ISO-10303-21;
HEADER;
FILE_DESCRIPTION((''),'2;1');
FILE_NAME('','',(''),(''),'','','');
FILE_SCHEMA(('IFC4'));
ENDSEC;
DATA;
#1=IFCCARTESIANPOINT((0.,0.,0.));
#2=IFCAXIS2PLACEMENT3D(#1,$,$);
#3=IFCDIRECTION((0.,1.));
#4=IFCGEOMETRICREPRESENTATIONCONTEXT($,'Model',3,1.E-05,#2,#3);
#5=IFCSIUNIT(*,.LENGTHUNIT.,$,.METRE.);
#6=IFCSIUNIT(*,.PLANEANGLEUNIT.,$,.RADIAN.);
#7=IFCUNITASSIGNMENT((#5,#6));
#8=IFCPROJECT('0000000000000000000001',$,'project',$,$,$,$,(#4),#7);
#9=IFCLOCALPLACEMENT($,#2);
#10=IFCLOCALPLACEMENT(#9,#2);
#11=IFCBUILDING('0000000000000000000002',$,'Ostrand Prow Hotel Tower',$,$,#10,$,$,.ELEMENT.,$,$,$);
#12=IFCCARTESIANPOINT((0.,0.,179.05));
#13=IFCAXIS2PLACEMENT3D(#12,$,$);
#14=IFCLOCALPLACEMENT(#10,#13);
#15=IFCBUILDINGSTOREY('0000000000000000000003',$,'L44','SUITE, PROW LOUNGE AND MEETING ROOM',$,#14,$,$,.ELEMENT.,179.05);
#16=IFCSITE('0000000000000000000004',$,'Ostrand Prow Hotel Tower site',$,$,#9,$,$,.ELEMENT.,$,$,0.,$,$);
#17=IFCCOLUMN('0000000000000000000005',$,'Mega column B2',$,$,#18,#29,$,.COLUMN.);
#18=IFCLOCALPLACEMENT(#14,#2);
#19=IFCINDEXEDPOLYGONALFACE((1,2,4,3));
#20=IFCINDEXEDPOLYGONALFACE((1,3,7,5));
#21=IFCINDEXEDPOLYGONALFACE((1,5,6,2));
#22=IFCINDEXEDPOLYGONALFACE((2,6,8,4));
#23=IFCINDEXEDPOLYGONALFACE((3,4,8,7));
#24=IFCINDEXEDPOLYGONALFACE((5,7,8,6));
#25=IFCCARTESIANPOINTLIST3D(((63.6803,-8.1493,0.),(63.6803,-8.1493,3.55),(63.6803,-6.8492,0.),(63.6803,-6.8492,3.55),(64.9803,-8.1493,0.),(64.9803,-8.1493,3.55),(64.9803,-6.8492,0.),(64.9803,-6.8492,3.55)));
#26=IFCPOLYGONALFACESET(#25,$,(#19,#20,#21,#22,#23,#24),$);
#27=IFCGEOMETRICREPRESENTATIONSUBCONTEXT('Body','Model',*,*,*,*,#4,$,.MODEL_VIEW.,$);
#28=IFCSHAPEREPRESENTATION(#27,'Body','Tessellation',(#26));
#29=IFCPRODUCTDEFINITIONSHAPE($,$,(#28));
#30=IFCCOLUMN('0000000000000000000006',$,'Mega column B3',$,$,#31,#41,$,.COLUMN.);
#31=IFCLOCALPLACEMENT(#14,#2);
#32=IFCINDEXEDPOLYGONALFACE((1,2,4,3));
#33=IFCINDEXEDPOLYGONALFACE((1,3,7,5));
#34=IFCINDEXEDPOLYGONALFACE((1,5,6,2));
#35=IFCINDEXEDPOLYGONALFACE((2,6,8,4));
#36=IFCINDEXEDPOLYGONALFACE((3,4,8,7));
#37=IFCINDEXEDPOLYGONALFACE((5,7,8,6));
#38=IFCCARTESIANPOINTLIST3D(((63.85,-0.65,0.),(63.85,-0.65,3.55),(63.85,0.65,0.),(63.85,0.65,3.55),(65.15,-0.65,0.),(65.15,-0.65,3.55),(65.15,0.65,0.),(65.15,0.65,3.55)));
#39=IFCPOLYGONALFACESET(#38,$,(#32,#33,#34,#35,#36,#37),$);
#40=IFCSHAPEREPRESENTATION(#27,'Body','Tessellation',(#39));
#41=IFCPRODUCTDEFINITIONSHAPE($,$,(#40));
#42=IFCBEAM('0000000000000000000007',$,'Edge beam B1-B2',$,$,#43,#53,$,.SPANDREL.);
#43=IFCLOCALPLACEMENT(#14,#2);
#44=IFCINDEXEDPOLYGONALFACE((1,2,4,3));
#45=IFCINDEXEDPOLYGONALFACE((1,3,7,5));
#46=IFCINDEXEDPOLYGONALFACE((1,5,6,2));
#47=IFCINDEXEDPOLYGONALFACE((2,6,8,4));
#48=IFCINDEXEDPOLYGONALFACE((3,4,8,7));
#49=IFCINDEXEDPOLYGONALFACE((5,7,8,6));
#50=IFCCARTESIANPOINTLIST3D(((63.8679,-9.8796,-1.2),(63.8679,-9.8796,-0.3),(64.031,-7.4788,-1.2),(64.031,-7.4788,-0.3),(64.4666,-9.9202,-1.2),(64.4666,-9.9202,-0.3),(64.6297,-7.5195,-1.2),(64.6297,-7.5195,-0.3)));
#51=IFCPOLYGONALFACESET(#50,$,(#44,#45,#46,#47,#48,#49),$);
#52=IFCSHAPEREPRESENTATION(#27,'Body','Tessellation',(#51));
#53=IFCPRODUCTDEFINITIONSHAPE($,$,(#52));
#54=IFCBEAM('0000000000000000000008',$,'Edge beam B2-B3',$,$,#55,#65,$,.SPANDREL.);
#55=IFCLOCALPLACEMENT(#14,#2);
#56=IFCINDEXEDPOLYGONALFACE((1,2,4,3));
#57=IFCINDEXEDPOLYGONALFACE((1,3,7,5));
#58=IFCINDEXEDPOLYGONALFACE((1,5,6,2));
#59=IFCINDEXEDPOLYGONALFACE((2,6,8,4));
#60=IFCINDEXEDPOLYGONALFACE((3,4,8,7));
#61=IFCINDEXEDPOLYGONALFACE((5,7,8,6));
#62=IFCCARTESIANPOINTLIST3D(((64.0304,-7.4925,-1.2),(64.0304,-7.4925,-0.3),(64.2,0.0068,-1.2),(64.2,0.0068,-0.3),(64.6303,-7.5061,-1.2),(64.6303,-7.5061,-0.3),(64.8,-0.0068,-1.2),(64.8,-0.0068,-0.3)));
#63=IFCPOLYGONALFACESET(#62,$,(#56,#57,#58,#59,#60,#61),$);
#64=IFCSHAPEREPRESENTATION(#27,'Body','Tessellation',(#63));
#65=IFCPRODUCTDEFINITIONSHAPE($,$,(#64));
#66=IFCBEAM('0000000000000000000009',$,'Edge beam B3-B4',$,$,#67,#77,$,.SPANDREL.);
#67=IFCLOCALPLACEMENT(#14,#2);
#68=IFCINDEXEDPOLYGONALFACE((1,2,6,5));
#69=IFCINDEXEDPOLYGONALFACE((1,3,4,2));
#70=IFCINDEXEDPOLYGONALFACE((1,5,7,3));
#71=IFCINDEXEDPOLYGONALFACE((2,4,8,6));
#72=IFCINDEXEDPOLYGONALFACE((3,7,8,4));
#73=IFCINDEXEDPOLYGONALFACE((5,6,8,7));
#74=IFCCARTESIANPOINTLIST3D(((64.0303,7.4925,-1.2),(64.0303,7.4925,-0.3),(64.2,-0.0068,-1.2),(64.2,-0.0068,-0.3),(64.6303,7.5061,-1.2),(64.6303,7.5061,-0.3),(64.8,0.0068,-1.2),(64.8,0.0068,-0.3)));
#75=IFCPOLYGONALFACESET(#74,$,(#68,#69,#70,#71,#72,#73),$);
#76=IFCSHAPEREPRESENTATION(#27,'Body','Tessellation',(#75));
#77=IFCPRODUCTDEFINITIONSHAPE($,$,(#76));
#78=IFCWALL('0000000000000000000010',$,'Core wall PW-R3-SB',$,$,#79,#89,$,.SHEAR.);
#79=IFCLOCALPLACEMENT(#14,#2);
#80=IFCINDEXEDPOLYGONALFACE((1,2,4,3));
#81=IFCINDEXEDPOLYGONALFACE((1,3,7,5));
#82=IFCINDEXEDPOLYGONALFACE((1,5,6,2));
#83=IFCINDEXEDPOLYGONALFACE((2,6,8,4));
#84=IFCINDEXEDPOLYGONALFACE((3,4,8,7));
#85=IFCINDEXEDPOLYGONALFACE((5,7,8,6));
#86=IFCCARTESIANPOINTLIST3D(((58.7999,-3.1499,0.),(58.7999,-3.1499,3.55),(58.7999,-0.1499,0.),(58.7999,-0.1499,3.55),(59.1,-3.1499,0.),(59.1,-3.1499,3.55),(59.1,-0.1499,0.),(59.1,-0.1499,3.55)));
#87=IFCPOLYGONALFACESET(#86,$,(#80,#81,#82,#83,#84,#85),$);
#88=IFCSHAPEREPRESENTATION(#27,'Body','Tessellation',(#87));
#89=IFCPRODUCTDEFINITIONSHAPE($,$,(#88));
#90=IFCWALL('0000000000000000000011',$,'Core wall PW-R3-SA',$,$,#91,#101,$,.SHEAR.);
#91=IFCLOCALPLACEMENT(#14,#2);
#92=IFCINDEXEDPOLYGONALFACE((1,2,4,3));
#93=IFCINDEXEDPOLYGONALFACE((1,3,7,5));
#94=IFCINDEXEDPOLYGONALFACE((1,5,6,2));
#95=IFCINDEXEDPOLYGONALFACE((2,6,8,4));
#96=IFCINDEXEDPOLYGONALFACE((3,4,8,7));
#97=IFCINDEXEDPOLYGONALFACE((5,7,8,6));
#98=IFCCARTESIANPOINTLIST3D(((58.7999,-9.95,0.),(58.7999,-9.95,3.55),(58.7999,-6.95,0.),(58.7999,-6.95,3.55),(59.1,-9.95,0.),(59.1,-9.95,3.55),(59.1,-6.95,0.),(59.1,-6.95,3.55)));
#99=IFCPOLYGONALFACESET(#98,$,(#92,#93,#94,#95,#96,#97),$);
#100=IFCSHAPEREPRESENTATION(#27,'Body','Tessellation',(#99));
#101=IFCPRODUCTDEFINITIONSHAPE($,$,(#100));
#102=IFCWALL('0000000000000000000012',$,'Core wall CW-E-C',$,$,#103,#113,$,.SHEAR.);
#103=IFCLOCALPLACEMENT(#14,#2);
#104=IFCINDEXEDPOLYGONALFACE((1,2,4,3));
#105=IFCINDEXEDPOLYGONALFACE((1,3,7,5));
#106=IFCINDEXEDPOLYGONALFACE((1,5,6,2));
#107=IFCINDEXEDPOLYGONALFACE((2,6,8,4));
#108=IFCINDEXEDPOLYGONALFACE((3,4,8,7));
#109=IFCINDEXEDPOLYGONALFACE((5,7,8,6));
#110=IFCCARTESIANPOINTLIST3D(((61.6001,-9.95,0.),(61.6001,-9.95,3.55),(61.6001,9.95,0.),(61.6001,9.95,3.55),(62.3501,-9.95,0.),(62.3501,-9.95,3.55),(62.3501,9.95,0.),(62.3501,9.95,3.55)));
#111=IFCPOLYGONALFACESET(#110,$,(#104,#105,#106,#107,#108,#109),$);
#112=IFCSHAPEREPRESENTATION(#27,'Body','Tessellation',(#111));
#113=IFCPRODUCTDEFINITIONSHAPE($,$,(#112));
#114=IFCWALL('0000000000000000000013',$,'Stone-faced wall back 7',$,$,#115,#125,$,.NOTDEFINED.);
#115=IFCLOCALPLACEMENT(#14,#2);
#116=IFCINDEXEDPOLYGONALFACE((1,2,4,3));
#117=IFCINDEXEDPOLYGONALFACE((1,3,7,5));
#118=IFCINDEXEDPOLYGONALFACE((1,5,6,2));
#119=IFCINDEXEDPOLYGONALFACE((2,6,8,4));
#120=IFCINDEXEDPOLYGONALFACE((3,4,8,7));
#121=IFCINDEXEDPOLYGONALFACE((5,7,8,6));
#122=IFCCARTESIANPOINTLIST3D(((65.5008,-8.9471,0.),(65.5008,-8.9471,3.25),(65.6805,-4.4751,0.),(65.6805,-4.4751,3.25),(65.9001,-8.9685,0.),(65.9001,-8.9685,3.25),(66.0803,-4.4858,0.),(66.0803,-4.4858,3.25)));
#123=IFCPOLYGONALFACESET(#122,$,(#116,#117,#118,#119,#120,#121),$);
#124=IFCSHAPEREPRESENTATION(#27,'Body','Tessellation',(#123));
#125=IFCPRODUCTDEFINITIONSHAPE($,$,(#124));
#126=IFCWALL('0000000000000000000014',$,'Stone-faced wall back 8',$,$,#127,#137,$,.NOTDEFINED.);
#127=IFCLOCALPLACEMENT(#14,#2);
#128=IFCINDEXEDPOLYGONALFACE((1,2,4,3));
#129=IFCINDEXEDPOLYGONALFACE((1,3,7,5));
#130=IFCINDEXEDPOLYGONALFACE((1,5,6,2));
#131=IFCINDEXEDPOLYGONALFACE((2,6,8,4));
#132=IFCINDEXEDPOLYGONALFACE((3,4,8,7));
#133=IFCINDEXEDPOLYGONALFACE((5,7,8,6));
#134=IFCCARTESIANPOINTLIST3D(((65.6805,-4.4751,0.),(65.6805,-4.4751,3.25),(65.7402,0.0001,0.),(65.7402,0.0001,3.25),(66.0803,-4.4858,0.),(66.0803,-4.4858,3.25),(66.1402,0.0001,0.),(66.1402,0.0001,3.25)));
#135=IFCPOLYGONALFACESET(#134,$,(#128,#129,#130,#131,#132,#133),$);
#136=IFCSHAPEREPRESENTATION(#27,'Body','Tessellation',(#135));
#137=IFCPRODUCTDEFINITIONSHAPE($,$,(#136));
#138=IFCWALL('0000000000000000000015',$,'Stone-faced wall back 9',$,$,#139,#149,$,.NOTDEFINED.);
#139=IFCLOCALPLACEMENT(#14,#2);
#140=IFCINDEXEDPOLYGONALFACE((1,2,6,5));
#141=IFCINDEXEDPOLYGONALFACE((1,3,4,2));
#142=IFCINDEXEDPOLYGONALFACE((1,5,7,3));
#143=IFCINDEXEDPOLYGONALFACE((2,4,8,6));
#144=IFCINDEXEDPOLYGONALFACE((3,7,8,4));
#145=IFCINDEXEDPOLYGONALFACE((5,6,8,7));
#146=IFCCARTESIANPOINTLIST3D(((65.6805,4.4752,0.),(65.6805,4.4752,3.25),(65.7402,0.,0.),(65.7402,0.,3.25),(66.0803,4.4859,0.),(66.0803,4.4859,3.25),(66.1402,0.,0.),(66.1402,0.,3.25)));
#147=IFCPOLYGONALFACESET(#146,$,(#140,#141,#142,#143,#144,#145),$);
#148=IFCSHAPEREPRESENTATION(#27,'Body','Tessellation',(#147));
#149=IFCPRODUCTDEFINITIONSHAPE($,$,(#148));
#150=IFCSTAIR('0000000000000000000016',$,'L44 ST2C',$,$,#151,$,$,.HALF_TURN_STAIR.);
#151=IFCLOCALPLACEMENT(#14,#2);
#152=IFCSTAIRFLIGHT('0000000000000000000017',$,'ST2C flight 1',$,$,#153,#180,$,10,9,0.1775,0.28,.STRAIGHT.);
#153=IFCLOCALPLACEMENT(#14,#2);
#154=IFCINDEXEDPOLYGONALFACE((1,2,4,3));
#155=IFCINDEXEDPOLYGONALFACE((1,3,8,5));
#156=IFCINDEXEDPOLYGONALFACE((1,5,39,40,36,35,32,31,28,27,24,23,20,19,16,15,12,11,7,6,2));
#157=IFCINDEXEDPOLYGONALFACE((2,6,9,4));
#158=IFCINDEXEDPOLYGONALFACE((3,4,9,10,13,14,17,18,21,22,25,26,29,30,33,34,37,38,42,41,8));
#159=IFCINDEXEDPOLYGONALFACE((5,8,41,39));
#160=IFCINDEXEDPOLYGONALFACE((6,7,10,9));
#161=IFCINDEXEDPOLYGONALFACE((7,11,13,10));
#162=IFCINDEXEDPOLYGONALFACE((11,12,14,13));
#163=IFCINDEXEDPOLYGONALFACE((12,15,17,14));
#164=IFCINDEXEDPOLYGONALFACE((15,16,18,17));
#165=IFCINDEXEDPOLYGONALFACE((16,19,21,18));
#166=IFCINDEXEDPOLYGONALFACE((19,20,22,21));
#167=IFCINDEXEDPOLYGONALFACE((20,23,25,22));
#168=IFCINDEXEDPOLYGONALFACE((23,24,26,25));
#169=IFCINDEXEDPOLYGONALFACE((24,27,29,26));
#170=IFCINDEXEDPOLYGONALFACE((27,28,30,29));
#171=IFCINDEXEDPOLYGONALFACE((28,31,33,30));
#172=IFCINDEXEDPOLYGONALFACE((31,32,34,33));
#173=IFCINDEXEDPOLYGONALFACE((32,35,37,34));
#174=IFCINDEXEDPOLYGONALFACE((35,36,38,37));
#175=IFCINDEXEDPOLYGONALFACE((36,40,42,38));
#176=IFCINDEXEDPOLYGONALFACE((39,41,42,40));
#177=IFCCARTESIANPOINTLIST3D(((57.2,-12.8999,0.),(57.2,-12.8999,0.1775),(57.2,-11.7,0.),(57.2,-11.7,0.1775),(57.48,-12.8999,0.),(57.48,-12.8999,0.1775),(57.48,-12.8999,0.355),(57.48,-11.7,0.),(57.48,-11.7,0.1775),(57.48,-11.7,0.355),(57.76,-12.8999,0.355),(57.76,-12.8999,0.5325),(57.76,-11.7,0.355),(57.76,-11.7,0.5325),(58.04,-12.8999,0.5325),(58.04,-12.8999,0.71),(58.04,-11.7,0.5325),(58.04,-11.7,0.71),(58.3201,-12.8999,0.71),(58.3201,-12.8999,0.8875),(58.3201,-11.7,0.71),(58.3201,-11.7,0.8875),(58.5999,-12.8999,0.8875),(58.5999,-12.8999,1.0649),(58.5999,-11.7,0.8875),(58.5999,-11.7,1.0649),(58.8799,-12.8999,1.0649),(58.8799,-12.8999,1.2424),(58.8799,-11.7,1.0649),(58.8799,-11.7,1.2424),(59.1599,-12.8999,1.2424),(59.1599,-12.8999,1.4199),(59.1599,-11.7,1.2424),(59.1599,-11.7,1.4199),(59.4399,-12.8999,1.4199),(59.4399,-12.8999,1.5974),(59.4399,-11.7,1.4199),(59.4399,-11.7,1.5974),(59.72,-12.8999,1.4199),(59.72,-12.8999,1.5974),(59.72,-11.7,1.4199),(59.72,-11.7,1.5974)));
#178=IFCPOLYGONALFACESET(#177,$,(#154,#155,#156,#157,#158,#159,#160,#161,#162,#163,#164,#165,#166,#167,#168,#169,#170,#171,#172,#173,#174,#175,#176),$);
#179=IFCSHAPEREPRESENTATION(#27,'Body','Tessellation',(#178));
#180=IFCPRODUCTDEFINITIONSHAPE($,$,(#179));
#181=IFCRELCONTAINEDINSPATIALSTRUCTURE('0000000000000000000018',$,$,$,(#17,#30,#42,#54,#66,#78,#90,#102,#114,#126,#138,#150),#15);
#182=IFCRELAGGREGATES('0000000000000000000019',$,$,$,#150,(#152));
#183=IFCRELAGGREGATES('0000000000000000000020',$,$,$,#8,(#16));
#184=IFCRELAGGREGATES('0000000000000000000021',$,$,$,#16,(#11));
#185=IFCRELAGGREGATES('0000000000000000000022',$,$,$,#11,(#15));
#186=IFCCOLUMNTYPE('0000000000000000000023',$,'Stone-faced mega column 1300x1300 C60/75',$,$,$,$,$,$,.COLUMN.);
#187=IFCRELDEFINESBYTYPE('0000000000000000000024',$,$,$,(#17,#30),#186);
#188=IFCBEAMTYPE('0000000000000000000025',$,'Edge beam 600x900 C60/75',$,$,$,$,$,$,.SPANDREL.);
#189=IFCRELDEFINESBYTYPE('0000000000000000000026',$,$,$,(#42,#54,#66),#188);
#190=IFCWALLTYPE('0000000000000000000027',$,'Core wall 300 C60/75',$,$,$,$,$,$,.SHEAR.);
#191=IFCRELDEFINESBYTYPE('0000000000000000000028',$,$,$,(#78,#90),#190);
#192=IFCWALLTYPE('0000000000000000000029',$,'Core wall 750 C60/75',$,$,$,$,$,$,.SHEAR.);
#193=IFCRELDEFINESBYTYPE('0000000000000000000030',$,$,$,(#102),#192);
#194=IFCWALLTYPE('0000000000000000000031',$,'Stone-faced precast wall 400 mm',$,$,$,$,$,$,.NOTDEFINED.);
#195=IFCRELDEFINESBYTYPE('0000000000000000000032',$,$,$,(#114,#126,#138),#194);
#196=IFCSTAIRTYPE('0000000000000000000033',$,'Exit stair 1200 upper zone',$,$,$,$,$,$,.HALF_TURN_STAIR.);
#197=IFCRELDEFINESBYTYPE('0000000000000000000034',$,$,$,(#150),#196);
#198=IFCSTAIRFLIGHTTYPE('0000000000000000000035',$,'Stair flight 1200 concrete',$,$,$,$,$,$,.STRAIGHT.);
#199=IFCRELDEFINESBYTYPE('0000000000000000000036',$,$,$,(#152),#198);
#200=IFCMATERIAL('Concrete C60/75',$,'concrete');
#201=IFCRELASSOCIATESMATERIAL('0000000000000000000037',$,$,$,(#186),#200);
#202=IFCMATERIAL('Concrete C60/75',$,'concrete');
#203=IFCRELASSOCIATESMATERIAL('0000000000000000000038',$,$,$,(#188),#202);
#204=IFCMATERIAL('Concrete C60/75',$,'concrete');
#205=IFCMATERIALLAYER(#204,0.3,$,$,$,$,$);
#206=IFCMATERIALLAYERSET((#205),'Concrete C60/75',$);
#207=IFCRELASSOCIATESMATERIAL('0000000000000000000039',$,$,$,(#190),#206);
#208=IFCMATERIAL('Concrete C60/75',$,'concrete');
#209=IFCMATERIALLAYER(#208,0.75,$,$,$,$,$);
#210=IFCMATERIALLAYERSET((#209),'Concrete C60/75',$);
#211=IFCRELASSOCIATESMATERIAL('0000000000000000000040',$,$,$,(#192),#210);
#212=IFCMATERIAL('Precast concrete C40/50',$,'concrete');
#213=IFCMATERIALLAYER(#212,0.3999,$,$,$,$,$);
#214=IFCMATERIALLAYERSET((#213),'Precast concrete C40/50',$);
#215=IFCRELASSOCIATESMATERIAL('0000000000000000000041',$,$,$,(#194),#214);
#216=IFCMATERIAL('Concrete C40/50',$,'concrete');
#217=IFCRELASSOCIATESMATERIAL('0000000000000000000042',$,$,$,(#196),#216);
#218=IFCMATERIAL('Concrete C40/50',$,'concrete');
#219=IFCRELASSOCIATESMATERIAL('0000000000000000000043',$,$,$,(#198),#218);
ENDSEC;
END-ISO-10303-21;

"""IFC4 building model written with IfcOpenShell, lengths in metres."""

from ifc_helpers import new_model, si_unit, direction, frame, frame_2d, origin, origin_2d, place, context, subcontext, project, spatial, polyline, rectangle, outline, extrude, material, layer, layer_set, material_profile, profile_set, type_object, element, aggregate, save


model = new_model("IFC4")

# Units and contexts
model_context = context("Model", 3, precision=1e-05, world=origin(), true_north=direction((0.0, 1.0)))
body_context = subcontext(model_context, "Body", "Model", "MODEL_VIEW")
ifc_project = project(units=[si_unit("LENGTHUNIT", "METRE"), si_unit("PLANEANGLEUNIT", "RADIAN")], contexts=[model_context])

# Site, building, storey
site_placement = place(None, origin())
site = spatial("IfcSite", under=ifc_project, at=site_placement, Name="Ostrand Prow Hotel Tower site", CompositionType="ELEMENT", RefElevation=0.0)
building_placement = place(site_placement, origin())
building = spatial("IfcBuilding", under=site, at=building_placement, Name="Ostrand Prow Hotel Tower", CompositionType="ELEMENT")
storey_placement = place(building_placement, frame((0.0, 0.0, 179.05)))
storey = spatial("IfcBuildingStorey", under=building, at=storey_placement, Name="L44", Description="SUITE, PROW LOUNGE AND MEETING ROOM", CompositionType="ELEMENT", Elevation=179.05)

# Columns
ifc_material_1 = material(Name="Concrete C60/75", Category="concrete")
ifc_material_profile_1 = material_profile(ifc_material_1, rectangle(XDim=1.3, YDim=1.3, at=origin_2d()), Name="RC 1300x1300")
ifc_profile_set_1 = profile_set([ifc_material_profile_1], Name="Concrete C60/75")
column_type = type_object("IfcColumnType", Name="Stone-faced mega column 1300x1300 C60/75", PredefinedType="COLUMN", material=ifc_profile_set_1)
for number, where, z_axis, x_axis, name in (
    (1, (64.3303, -7.4993, 0.0), (0.0, 0.0, 1.0), (1.0, 0.0, 0.0), "Mega column B2"),
    (2, (64.5, 0.0, 0.0), (0.0, 0.0, 1.0), (1.0, 0.0, 0.0), "Mega column B3"),
):
    element("IfcColumn", number, at=place(storey_placement, frame(where, z_axis=z_axis, x_axis=x_axis)), inside=storey, type_object=column_type, Name=name, PredefinedType="COLUMN", context=body_context, shape_type="SweptSolid", body=[
        extrude(rectangle(XDim=1.3, YDim=1.3, at=origin_2d()), origin(), (0.0, 0.0, 1.0), 3.55),
    ])

# Beams
ifc_material_2 = material(Name="Concrete C60/75", Category="concrete")
ifc_material_profile_2 = material_profile(ifc_material_2, rectangle(XDim=0.6001, YDim=0.8999, at=origin_2d()), Name="RC 600x900")
ifc_profile_set_2 = profile_set([ifc_material_profile_2], Name="Concrete C60/75")
beam_type = type_object("IfcBeamType", Name="Edge beam 600x900 C60/75", PredefinedType="SPANDREL", material=ifc_profile_set_2)
beam_placement = place(storey_placement, frame((64.1672, -9.8999, -0.75), z_axis=(0.067778, 0.9977, 0.0), x_axis=(-0.9977, 0.067778, 0.0)))
element("IfcBeam", 3, at=beam_placement, inside=storey, type_object=beam_type, Name="Edge beam B1-B2", PredefinedType="SPANDREL", context=body_context, shape_type="SweptSolid", body=[
    extrude(rectangle(XDim=0.6001, YDim=0.8999, at=origin_2d()), origin(), (0.0, 0.0, 1.0), 2.4062),
])
for number, where, z_axis, x_axis, name in (
    (4, (64.3303, -7.4993, -0.75), (0.02262, 0.999744, 0.0), (-0.999744, 0.02262, 0.0), "Edge beam B2-B3"),
    (5, (64.5, 0.0, -0.75), (-0.02262, 0.999744, 0.0), (-0.999744, -0.02262, 0.0), "Edge beam B3-B4"),
):
    element("IfcBeam", number, at=place(storey_placement, frame(where, z_axis=z_axis, x_axis=x_axis)), inside=storey, type_object=beam_type, Name=name, PredefinedType="SPANDREL", context=body_context, shape_type="SweptSolid", body=[
        extrude(rectangle(XDim=0.6001, YDim=0.8999, at=origin_2d()), origin(), (0.0, 0.0, 1.0), 7.5012),
    ])

# Walls
ifc_material_3 = material(Name="Concrete C60/75", Category="concrete")
ifc_layer_1 = layer(ifc_material_3, 0.3)
ifc_layer_set_1 = layer_set([ifc_layer_1], Name="Concrete C60/75")
wall_type_1 = type_object("IfcWallType", Name="Core wall 300 C60/75", PredefinedType="SHEAR", material=ifc_layer_set_1)
for number, where, z_axis, x_axis, name in (
    (6, (58.95, -3.1499, 0.0), (0.0, 0.0, 1.0), (0.0, 1.0, 0.0), "Core wall PW-R3-SB"),
    (7, (58.95, -9.95, 0.0), (0.0, 0.0, 1.0), (0.0, 1.0, 0.0), "Core wall PW-R3-SA"),
):
    element("IfcWall", number, at=place(storey_placement, frame(where, z_axis=z_axis, x_axis=x_axis)), inside=storey, type_object=wall_type_1, Name=name, PredefinedType="SHEAR", context=body_context, shape_type="SweptSolid", body=[
        extrude(rectangle(XDim=3.0, YDim=0.3, at=frame_2d((1.5, 0.0))), origin(), (0.0, 0.0, 1.0), 3.55),
    ])
ifc_material_4 = material(Name="Concrete C60/75", Category="concrete")
ifc_layer_2 = layer(ifc_material_4, 0.75)
ifc_layer_set_2 = layer_set([ifc_layer_2], Name="Concrete C60/75")
wall_type_2 = type_object("IfcWallType", Name="Core wall 750 C60/75", PredefinedType="SHEAR", material=ifc_layer_set_2)
wall_placement = place(storey_placement, frame((61.9751, -9.95, 0.0), z_axis=(0.0, 0.0, 1.0), x_axis=(0.0, 1.0, 0.0)))
element("IfcWall", 8, at=wall_placement, inside=storey, type_object=wall_type_2, Name="Core wall CW-E-C", PredefinedType="SHEAR", context=body_context, shape_type="SweptSolid", body=[
    extrude(rectangle(XDim=19.8999, YDim=0.75, at=frame_2d((9.95, 0.0))), origin(), (0.0, 0.0, 1.0), 3.55),
])
ifc_material_5 = material(Name="Precast concrete C40/50", Category="concrete")
ifc_layer_3 = layer(ifc_material_5, 0.3999)
ifc_layer_set_3 = layer_set([ifc_layer_3], Name="Precast concrete C40/50")
wall_type_3 = type_object("IfcWallType", Name="Stone-faced precast wall 400 mm", PredefinedType="NOTDEFINED", material=ifc_layer_set_3)
for number, where, z_axis, x_axis, name in (
    (9, (65.7004, -8.9578, 0.0), (0.0, 0.0, 1.0), (0.040155, 0.999193, 0.0), "Stone-faced wall back 7"),
    (10, (65.8804, -4.4805, 0.0), (0.0, 0.0, 1.0), (0.013349, 0.999911, 0.0), "Stone-faced wall back 8"),
    (11, (65.9402, 0.0, 0.0), (0.0, 0.0, 1.0), (-0.013349, 0.999911, 0.0), "Stone-faced wall back 9"),
):
    element("IfcWall", number, at=place(storey_placement, frame(where, z_axis=z_axis, x_axis=x_axis)), inside=storey, type_object=wall_type_3, Name=name, PredefinedType="NOTDEFINED", context=body_context, shape_type="SweptSolid", body=[
        extrude(outline(polyline([(-0.0027, -0.2), (4.4836, -0.2), (4.4783, 0.2), (0.0027, 0.2), (-0.0027, -0.2)])), origin(), (0.0, 0.0, 1.0), 3.25),
    ])

# Stair, stair flight
ifc_material_6 = material(Name="Concrete C40/50", Category="concrete")
stair_type = type_object("IfcStairType", Name="Exit stair 1200 upper zone", PredefinedType="HALF_TURN_STAIR", material=ifc_material_6)
stair_placement = place(storey_placement, origin())
stair = element("IfcStair", 12, at=stair_placement, inside=storey, type_object=stair_type, Name="L44 ST2C", PredefinedType="HALF_TURN_STAIR")
ifc_material_7 = material(Name="Concrete C40/50", Category="concrete")
stair_flight_type = type_object("IfcStairFlightType", Name="Stair flight 1200 concrete", PredefinedType="STRAIGHT", material=ifc_material_7)
stair_flight_1_placement = place(storey_placement, frame((57.2, -12.3, 0.0), z_axis=(0.0, 0.0, 1.0), x_axis=(1.0, 0.0, 0.0)))
stair_flight_1 = element("IfcStairFlight", 13, at=stair_flight_1_placement, type_object=stair_flight_type, Name="ST2C flight 1", NumberOfRisers=10, NumberOfTreads=9, PredefinedType="STRAIGHT", RiserHeight=0.1775, TreadLength=0.28, context=body_context, shape_type="SweptSolid", body=[
    extrude(outline(polyline([(0.0, 0.0), (0.0, 0.1775), (0.28, 0.1775), (0.28, 0.355), (0.5601, 0.355), (0.5601, 0.5325), (0.8401, 0.5325), (0.8401, 0.71), (1.1201, 0.71), (1.1201, 0.8875), (1.3999, 0.8875), (1.3999, 1.0649), (1.6799, 1.0649), (1.6799, 1.2424), (1.96, 1.2424), (1.96, 1.4199), (2.24, 1.4199), (2.24, 1.5974), (2.52, 1.5974), (2.52, 1.7749), (2.52, 1.4199), (0.28, 0.0), (0.0, 0.0)])), frame((0.0, 0.6001, 0.0), z_axis=(0.0, -1.0, 0.0), x_axis=(1.0, 0.0, 0.0)), (0.0, 0.0, 1.0), 1.2),
])
aggregate(stair, [stair_flight_1])

save(model, "model.ifc")
